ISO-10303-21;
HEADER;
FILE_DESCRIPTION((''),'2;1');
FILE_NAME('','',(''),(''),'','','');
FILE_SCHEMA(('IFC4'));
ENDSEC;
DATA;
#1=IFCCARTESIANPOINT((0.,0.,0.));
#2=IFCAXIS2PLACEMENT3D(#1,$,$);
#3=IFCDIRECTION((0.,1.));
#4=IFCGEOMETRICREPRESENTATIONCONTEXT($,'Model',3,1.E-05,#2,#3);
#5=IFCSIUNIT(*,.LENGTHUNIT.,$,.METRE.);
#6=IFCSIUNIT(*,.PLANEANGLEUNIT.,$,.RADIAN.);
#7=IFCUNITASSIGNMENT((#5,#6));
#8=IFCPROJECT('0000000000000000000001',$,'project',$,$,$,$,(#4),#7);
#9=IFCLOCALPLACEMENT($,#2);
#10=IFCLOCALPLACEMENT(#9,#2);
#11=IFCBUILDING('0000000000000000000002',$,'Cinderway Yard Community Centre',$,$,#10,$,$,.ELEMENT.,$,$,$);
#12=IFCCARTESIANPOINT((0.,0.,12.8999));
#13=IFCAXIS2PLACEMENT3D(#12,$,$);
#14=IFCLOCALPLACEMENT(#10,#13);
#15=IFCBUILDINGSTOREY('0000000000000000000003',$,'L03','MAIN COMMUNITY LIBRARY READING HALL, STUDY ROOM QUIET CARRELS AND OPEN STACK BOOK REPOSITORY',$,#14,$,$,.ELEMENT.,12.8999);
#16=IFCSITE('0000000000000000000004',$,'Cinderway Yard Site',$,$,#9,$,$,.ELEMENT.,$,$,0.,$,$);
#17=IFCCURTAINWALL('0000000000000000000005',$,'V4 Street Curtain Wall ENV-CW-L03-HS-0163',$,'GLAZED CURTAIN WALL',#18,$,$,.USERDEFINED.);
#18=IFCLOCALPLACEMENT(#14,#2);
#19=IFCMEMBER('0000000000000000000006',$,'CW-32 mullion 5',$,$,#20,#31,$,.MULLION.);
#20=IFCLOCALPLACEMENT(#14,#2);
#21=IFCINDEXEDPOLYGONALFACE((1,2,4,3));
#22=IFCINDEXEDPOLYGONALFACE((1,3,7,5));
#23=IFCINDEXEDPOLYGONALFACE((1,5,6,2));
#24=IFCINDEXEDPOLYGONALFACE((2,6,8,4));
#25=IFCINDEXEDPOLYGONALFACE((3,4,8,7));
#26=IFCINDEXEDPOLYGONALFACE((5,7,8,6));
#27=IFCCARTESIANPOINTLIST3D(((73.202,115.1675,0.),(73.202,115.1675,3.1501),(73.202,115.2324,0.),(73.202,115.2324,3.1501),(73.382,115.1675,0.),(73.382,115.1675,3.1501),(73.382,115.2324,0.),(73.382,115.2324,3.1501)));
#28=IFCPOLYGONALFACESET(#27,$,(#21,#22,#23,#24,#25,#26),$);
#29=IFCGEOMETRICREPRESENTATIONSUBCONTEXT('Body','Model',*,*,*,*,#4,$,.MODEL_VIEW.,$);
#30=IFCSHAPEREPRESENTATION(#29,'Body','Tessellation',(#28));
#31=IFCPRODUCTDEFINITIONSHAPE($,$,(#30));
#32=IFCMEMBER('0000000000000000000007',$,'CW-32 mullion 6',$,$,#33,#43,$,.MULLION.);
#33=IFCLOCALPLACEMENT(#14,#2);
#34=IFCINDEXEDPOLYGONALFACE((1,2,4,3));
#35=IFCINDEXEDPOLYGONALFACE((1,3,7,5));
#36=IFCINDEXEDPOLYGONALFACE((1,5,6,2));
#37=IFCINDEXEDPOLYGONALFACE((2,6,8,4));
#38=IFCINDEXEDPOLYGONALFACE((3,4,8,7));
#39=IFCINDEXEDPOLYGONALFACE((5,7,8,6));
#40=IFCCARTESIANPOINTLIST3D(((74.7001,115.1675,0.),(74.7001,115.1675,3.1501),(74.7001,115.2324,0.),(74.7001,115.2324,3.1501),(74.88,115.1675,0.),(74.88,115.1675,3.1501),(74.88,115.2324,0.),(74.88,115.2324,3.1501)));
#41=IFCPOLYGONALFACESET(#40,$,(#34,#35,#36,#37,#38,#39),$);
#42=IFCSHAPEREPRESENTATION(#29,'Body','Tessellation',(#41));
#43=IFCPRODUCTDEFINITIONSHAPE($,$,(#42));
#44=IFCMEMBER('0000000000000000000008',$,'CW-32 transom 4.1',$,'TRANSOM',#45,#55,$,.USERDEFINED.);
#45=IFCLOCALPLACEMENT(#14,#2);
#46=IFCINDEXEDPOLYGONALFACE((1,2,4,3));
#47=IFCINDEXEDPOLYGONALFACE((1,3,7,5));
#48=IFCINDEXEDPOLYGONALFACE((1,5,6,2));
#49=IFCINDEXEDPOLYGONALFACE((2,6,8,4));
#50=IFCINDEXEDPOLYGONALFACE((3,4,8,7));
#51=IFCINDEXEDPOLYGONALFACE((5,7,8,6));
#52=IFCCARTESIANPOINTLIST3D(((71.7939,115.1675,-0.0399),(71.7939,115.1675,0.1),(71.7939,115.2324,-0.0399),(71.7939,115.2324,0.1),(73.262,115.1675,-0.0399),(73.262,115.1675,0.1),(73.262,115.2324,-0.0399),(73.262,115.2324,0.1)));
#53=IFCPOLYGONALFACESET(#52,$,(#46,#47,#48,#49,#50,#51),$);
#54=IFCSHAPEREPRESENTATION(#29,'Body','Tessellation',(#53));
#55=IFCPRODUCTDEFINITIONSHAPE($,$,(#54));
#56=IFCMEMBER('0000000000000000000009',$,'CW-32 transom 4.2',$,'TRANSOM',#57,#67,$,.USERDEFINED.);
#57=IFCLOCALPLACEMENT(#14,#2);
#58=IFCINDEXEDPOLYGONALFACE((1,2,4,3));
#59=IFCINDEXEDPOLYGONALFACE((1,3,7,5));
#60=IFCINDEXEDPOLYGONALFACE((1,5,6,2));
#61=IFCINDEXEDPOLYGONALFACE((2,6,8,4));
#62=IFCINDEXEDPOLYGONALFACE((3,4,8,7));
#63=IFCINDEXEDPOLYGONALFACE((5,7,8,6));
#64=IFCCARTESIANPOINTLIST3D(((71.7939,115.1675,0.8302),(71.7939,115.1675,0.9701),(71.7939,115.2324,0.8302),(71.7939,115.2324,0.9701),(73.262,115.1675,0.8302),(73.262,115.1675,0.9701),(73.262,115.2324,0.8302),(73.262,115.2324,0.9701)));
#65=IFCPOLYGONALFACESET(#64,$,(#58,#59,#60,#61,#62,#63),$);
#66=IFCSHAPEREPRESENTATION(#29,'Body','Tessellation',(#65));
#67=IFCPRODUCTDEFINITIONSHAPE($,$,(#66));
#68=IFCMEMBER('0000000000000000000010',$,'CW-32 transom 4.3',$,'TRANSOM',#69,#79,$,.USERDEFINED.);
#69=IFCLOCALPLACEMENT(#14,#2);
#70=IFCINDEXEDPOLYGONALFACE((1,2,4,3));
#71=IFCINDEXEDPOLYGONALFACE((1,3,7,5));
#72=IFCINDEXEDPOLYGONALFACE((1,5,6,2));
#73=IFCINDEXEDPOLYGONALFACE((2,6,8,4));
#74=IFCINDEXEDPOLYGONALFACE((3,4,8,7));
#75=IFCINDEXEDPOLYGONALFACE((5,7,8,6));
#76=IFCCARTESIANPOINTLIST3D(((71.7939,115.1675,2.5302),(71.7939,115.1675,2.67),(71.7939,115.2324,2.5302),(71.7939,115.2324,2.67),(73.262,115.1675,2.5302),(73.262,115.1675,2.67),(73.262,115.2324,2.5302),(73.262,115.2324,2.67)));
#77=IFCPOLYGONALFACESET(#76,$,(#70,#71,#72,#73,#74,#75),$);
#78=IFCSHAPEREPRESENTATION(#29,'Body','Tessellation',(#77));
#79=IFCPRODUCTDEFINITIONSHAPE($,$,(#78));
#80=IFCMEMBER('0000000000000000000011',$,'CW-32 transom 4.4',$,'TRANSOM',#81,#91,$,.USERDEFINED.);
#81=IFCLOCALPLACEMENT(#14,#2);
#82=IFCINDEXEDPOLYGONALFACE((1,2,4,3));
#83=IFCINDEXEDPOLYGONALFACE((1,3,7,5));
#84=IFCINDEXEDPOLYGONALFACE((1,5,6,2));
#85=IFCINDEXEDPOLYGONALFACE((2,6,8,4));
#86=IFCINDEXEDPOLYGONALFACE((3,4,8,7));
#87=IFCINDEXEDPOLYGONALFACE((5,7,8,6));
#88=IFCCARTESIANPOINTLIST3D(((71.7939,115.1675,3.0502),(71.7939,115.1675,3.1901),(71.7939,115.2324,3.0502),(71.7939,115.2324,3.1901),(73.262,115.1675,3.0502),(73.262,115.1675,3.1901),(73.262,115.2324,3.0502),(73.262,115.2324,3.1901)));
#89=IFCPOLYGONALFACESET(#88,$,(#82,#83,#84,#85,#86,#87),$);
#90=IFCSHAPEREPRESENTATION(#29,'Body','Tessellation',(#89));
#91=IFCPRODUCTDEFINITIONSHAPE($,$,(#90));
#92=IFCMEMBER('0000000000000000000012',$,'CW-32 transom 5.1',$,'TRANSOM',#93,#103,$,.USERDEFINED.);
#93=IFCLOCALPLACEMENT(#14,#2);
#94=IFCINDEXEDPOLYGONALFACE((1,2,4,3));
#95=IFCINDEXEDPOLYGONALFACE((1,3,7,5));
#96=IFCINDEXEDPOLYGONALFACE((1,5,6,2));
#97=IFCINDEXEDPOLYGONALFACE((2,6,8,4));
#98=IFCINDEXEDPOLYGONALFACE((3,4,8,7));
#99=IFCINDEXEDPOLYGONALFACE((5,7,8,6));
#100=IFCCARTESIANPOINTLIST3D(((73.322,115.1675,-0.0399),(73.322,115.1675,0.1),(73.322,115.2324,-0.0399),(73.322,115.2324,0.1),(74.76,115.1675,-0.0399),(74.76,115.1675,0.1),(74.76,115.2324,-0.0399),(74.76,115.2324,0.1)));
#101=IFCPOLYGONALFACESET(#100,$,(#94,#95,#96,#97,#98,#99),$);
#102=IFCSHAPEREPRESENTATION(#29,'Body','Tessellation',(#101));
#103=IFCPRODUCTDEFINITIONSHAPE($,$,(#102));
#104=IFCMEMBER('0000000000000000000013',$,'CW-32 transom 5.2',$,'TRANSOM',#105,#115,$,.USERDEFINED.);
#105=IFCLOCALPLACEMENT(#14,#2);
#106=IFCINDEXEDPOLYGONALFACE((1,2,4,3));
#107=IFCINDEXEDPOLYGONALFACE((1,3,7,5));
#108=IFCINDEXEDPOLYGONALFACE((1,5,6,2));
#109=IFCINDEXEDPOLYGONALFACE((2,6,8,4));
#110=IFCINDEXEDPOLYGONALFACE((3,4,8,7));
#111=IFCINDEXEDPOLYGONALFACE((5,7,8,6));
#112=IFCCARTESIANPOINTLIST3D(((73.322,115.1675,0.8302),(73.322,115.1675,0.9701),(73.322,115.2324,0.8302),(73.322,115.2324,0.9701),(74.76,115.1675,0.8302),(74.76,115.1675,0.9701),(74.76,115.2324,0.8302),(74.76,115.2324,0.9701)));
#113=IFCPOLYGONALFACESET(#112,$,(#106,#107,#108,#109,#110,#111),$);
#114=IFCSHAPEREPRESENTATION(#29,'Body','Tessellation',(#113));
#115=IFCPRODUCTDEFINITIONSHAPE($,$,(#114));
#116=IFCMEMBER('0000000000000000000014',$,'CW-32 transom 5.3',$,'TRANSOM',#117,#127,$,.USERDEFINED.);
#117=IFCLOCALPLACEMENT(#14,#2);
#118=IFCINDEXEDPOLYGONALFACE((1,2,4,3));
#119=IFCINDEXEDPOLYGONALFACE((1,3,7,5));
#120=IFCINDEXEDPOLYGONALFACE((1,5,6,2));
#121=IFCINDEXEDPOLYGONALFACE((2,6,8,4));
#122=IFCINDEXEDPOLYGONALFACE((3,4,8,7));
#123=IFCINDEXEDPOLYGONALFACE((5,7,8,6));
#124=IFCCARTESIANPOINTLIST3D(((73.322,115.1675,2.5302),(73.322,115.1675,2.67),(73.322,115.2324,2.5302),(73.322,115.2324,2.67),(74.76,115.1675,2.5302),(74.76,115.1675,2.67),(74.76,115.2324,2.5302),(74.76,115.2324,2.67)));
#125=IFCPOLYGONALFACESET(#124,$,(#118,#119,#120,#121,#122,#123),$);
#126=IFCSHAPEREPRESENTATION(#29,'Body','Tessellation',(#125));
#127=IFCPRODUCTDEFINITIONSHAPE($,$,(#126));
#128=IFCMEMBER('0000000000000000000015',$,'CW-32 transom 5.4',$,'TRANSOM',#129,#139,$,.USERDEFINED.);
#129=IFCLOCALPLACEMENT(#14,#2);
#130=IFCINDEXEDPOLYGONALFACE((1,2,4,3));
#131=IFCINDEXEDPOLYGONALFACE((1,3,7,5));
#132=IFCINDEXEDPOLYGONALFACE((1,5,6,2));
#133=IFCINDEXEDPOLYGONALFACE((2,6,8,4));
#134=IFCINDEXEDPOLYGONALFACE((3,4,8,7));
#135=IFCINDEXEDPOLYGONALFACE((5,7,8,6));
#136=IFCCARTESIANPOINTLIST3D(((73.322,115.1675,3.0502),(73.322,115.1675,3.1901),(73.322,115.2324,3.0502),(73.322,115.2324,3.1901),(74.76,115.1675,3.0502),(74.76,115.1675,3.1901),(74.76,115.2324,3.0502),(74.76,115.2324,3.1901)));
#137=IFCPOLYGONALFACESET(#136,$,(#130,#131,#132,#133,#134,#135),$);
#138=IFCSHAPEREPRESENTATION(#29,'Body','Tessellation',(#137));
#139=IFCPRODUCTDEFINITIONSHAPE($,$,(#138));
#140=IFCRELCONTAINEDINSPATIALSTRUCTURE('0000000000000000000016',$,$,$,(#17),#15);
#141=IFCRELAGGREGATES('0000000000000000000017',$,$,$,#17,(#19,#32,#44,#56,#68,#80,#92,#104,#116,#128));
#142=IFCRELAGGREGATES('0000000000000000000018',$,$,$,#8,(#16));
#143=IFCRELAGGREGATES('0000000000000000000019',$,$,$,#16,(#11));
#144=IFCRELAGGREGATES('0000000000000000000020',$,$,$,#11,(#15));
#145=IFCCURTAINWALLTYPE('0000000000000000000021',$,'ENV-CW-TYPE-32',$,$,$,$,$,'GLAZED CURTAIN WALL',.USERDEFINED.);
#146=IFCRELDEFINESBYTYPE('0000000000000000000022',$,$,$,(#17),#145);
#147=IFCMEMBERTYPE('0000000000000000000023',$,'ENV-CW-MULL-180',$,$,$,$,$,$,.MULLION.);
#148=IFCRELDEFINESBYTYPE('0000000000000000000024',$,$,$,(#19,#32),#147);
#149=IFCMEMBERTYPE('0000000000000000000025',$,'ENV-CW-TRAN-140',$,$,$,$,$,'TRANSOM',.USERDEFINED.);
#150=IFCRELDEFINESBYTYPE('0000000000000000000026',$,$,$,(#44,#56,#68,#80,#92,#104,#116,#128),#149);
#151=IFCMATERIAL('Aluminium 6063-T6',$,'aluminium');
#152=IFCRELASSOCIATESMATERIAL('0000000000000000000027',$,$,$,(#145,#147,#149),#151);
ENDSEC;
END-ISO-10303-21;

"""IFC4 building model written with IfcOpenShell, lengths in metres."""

from ifc_helpers import new_model, si_unit, direction, frame, origin, origin_2d, place, context, subcontext, project, spatial, rectangle, extrude, material, material_profile, profile_set, type_object, element, aggregate, save


model = new_model("IFC4")

# Units and contexts
model_context = context("Model", 3, precision=1e-05, world=origin(), true_north=direction((0.0, 1.0)))
body_context = subcontext(model_context, "Body", "Model", "MODEL_VIEW")
ifc_project = project(units=[si_unit("LENGTHUNIT", "METRE"), si_unit("PLANEANGLEUNIT", "RADIAN")], contexts=[model_context])

# Site, building, storey
site_placement = place(None, origin())
site = spatial("IfcSite", under=ifc_project, at=site_placement, Name="Cinderway Yard Site", CompositionType="ELEMENT", RefElevation=0.0)
building_placement = place(site_placement, origin())
building = spatial("IfcBuilding", under=site, at=building_placement, Name="Cinderway Yard Community Centre", CompositionType="ELEMENT")
storey_placement = place(building_placement, frame((0.0, 0.0, 12.8999)))
storey = spatial("IfcBuildingStorey", under=building, at=storey_placement, Name="L03", Description="MAIN COMMUNITY LIBRARY READING HALL, STUDY ROOM QUIET CARRELS AND OPEN STACK BOOK REPOSITORY", CompositionType="ELEMENT", Elevation=12.8999)

# Curtain wall, members
ifc_material_1 = material(Name="Aluminium 6063-T6", Category="aluminium")
curtain_wall_type = type_object("IfcCurtainWallType", Name="ENV-CW-TYPE-32", ElementType="GLAZED CURTAIN WALL", PredefinedType="USERDEFINED", material=ifc_material_1)
curtain_wall_placement = place(storey_placement, origin())
curtain_wall = element("IfcCurtainWall", 1, at=curtain_wall_placement, inside=storey, type_object=curtain_wall_type, Name="V4 Street Curtain Wall ENV-CW-L03-HS-0163", ObjectType="GLAZED CURTAIN WALL", PredefinedType="USERDEFINED")
ifc_material_profile_1 = material_profile(ifc_material_1, rectangle(XDim=0.0649, YDim=0.1799, at=origin_2d()), Name="Aluminium 6063-T6")
ifc_profile_set_1 = profile_set([ifc_material_profile_1], Name="Aluminium 6063-T6")
member_type_1 = type_object("IfcMemberType", Name="ENV-CW-MULL-180", PredefinedType="MULLION", material=ifc_profile_set_1)
member_1_placement = place(storey_placement, frame((73.292, 115.2, 0.0), z_axis=(0.0, 0.0, 1.0), x_axis=(0.0, 1.0, 0.0)))
member_1 = element("IfcMember", 2, at=member_1_placement, type_object=member_type_1, Name="CW-32 mullion 5", PredefinedType="MULLION", context=body_context, shape_type="SweptSolid", body=[
    extrude(rectangle(XDim=0.0649, YDim=0.1799, at=origin_2d()), origin(), (0.0, 0.0, 1.0), 3.1501),
])
member_2_placement = place(storey_placement, frame((74.79, 115.2, 0.0), z_axis=(0.0, 0.0, 1.0), x_axis=(0.0, 1.0, 0.0)))
member_2 = element("IfcMember", 3, at=member_2_placement, type_object=member_type_1, Name="CW-32 mullion 6", PredefinedType="MULLION", context=body_context, shape_type="SweptSolid", body=[
    extrude(rectangle(XDim=0.0649, YDim=0.1799, at=origin_2d()), origin(), (0.0, 0.0, 1.0), 3.1501),
])
ifc_material_profile_2 = material_profile(ifc_material_1, rectangle(XDim=0.0649, YDim=0.1399, at=origin_2d()), Name="Aluminium 6063-T6")
ifc_profile_set_2 = profile_set([ifc_material_profile_2], Name="Aluminium 6063-T6")
member_type_2 = type_object("IfcMemberType", Name="ENV-CW-TRAN-140", ElementType="TRANSOM", PredefinedType="USERDEFINED", material=ifc_profile_set_2)
member_3_placement = place(storey_placement, frame((71.7939, 115.2, 0.03), z_axis=(1.0, 0.0, 0.0), x_axis=(0.0, 1.0, 0.0)))
member_3 = element("IfcMember", 4, at=member_3_placement, type_object=member_type_2, Name="CW-32 transom 4.1", ObjectType="TRANSOM", PredefinedType="USERDEFINED", context=body_context, shape_type="SweptSolid", body=[
    extrude(rectangle(XDim=0.0649, YDim=0.1399, at=origin_2d()), origin(), (0.0, 0.0, 1.0), 1.468),
])
member_4_placement = place(storey_placement, frame((71.7939, 115.2, 0.9001), z_axis=(1.0, 0.0, 0.0), x_axis=(0.0, 1.0, 0.0)))
member_4 = element("IfcMember", 5, at=member_4_placement, type_object=member_type_2, Name="CW-32 transom 4.2", ObjectType="TRANSOM", PredefinedType="USERDEFINED", context=body_context, shape_type="SweptSolid", body=[
    extrude(rectangle(XDim=0.0649, YDim=0.1399, at=origin_2d()), origin(), (0.0, 0.0, 1.0), 1.468),
])
member_5_placement = place(storey_placement, frame((71.7939, 115.2, 2.6001), z_axis=(1.0, 0.0, 0.0), x_axis=(0.0, 1.0, 0.0)))
member_5 = element("IfcMember", 6, at=member_5_placement, type_object=member_type_2, Name="CW-32 transom 4.3", ObjectType="TRANSOM", PredefinedType="USERDEFINED", context=body_context, shape_type="SweptSolid", body=[
    extrude(rectangle(XDim=0.0649, YDim=0.1399, at=origin_2d()), origin(), (0.0, 0.0, 1.0), 1.468),
])
member_6_placement = place(storey_placement, frame((71.7939, 115.2, 3.1201), z_axis=(1.0, 0.0, 0.0), x_axis=(0.0, 1.0, 0.0)))
member_6 = element("IfcMember", 7, at=member_6_placement, type_object=member_type_2, Name="CW-32 transom 4.4", ObjectType="TRANSOM", PredefinedType="USERDEFINED", context=body_context, shape_type="SweptSolid", body=[
    extrude(rectangle(XDim=0.0649, YDim=0.1399, at=origin_2d()), origin(), (0.0, 0.0, 1.0), 1.468),
])
member_7_placement = place(storey_placement, frame((73.322, 115.2, 0.03), z_axis=(1.0, 0.0, 0.0), x_axis=(0.0, 1.0, 0.0)))
member_7 = element("IfcMember", 8, at=member_7_placement, type_object=member_type_2, Name="CW-32 transom 5.1", ObjectType="TRANSOM", PredefinedType="USERDEFINED", context=body_context, shape_type="SweptSolid", body=[
    extrude(rectangle(XDim=0.0649, YDim=0.1399, at=origin_2d()), origin(), (0.0, 0.0, 1.0), 1.438),
])
member_8_placement = place(storey_placement, frame((73.322, 115.2, 0.9001), z_axis=(1.0, 0.0, 0.0), x_axis=(0.0, 1.0, 0.0)))
member_8 = element("IfcMember", 9, at=member_8_placement, type_object=member_type_2, Name="CW-32 transom 5.2", ObjectType="TRANSOM", PredefinedType="USERDEFINED", context=body_context, shape_type="SweptSolid", body=[
    extrude(rectangle(XDim=0.0649, YDim=0.1399, at=origin_2d()), origin(), (0.0, 0.0, 1.0), 1.438),
])
member_9_placement = place(storey_placement, frame((73.322, 115.2, 2.6001), z_axis=(1.0, 0.0, 0.0), x_axis=(0.0, 1.0, 0.0)))
member_9 = element("IfcMember", 10, at=member_9_placement, type_object=member_type_2, Name="CW-32 transom 5.3", ObjectType="TRANSOM", PredefinedType="USERDEFINED", context=body_context, shape_type="SweptSolid", body=[
    extrude(rectangle(XDim=0.0649, YDim=0.1399, at=origin_2d()), origin(), (0.0, 0.0, 1.0), 1.438),
])
member_10_placement = place(storey_placement, frame((73.322, 115.2, 3.1201), z_axis=(1.0, 0.0, 0.0), x_axis=(0.0, 1.0, 0.0)))
member_10 = element("IfcMember", 11, at=member_10_placement, type_object=member_type_2, Name="CW-32 transom 5.4", ObjectType="TRANSOM", PredefinedType="USERDEFINED", context=body_context, shape_type="SweptSolid", body=[
    extrude(rectangle(XDim=0.0649, YDim=0.1399, at=origin_2d()), origin(), (0.0, 0.0, 1.0), 1.438),
])

aggregate(curtain_wall, [member_1, member_2, member_3, member_4, member_5, member_6, member_7, member_8, member_9, member_10])

save(model, "model.ifc")
